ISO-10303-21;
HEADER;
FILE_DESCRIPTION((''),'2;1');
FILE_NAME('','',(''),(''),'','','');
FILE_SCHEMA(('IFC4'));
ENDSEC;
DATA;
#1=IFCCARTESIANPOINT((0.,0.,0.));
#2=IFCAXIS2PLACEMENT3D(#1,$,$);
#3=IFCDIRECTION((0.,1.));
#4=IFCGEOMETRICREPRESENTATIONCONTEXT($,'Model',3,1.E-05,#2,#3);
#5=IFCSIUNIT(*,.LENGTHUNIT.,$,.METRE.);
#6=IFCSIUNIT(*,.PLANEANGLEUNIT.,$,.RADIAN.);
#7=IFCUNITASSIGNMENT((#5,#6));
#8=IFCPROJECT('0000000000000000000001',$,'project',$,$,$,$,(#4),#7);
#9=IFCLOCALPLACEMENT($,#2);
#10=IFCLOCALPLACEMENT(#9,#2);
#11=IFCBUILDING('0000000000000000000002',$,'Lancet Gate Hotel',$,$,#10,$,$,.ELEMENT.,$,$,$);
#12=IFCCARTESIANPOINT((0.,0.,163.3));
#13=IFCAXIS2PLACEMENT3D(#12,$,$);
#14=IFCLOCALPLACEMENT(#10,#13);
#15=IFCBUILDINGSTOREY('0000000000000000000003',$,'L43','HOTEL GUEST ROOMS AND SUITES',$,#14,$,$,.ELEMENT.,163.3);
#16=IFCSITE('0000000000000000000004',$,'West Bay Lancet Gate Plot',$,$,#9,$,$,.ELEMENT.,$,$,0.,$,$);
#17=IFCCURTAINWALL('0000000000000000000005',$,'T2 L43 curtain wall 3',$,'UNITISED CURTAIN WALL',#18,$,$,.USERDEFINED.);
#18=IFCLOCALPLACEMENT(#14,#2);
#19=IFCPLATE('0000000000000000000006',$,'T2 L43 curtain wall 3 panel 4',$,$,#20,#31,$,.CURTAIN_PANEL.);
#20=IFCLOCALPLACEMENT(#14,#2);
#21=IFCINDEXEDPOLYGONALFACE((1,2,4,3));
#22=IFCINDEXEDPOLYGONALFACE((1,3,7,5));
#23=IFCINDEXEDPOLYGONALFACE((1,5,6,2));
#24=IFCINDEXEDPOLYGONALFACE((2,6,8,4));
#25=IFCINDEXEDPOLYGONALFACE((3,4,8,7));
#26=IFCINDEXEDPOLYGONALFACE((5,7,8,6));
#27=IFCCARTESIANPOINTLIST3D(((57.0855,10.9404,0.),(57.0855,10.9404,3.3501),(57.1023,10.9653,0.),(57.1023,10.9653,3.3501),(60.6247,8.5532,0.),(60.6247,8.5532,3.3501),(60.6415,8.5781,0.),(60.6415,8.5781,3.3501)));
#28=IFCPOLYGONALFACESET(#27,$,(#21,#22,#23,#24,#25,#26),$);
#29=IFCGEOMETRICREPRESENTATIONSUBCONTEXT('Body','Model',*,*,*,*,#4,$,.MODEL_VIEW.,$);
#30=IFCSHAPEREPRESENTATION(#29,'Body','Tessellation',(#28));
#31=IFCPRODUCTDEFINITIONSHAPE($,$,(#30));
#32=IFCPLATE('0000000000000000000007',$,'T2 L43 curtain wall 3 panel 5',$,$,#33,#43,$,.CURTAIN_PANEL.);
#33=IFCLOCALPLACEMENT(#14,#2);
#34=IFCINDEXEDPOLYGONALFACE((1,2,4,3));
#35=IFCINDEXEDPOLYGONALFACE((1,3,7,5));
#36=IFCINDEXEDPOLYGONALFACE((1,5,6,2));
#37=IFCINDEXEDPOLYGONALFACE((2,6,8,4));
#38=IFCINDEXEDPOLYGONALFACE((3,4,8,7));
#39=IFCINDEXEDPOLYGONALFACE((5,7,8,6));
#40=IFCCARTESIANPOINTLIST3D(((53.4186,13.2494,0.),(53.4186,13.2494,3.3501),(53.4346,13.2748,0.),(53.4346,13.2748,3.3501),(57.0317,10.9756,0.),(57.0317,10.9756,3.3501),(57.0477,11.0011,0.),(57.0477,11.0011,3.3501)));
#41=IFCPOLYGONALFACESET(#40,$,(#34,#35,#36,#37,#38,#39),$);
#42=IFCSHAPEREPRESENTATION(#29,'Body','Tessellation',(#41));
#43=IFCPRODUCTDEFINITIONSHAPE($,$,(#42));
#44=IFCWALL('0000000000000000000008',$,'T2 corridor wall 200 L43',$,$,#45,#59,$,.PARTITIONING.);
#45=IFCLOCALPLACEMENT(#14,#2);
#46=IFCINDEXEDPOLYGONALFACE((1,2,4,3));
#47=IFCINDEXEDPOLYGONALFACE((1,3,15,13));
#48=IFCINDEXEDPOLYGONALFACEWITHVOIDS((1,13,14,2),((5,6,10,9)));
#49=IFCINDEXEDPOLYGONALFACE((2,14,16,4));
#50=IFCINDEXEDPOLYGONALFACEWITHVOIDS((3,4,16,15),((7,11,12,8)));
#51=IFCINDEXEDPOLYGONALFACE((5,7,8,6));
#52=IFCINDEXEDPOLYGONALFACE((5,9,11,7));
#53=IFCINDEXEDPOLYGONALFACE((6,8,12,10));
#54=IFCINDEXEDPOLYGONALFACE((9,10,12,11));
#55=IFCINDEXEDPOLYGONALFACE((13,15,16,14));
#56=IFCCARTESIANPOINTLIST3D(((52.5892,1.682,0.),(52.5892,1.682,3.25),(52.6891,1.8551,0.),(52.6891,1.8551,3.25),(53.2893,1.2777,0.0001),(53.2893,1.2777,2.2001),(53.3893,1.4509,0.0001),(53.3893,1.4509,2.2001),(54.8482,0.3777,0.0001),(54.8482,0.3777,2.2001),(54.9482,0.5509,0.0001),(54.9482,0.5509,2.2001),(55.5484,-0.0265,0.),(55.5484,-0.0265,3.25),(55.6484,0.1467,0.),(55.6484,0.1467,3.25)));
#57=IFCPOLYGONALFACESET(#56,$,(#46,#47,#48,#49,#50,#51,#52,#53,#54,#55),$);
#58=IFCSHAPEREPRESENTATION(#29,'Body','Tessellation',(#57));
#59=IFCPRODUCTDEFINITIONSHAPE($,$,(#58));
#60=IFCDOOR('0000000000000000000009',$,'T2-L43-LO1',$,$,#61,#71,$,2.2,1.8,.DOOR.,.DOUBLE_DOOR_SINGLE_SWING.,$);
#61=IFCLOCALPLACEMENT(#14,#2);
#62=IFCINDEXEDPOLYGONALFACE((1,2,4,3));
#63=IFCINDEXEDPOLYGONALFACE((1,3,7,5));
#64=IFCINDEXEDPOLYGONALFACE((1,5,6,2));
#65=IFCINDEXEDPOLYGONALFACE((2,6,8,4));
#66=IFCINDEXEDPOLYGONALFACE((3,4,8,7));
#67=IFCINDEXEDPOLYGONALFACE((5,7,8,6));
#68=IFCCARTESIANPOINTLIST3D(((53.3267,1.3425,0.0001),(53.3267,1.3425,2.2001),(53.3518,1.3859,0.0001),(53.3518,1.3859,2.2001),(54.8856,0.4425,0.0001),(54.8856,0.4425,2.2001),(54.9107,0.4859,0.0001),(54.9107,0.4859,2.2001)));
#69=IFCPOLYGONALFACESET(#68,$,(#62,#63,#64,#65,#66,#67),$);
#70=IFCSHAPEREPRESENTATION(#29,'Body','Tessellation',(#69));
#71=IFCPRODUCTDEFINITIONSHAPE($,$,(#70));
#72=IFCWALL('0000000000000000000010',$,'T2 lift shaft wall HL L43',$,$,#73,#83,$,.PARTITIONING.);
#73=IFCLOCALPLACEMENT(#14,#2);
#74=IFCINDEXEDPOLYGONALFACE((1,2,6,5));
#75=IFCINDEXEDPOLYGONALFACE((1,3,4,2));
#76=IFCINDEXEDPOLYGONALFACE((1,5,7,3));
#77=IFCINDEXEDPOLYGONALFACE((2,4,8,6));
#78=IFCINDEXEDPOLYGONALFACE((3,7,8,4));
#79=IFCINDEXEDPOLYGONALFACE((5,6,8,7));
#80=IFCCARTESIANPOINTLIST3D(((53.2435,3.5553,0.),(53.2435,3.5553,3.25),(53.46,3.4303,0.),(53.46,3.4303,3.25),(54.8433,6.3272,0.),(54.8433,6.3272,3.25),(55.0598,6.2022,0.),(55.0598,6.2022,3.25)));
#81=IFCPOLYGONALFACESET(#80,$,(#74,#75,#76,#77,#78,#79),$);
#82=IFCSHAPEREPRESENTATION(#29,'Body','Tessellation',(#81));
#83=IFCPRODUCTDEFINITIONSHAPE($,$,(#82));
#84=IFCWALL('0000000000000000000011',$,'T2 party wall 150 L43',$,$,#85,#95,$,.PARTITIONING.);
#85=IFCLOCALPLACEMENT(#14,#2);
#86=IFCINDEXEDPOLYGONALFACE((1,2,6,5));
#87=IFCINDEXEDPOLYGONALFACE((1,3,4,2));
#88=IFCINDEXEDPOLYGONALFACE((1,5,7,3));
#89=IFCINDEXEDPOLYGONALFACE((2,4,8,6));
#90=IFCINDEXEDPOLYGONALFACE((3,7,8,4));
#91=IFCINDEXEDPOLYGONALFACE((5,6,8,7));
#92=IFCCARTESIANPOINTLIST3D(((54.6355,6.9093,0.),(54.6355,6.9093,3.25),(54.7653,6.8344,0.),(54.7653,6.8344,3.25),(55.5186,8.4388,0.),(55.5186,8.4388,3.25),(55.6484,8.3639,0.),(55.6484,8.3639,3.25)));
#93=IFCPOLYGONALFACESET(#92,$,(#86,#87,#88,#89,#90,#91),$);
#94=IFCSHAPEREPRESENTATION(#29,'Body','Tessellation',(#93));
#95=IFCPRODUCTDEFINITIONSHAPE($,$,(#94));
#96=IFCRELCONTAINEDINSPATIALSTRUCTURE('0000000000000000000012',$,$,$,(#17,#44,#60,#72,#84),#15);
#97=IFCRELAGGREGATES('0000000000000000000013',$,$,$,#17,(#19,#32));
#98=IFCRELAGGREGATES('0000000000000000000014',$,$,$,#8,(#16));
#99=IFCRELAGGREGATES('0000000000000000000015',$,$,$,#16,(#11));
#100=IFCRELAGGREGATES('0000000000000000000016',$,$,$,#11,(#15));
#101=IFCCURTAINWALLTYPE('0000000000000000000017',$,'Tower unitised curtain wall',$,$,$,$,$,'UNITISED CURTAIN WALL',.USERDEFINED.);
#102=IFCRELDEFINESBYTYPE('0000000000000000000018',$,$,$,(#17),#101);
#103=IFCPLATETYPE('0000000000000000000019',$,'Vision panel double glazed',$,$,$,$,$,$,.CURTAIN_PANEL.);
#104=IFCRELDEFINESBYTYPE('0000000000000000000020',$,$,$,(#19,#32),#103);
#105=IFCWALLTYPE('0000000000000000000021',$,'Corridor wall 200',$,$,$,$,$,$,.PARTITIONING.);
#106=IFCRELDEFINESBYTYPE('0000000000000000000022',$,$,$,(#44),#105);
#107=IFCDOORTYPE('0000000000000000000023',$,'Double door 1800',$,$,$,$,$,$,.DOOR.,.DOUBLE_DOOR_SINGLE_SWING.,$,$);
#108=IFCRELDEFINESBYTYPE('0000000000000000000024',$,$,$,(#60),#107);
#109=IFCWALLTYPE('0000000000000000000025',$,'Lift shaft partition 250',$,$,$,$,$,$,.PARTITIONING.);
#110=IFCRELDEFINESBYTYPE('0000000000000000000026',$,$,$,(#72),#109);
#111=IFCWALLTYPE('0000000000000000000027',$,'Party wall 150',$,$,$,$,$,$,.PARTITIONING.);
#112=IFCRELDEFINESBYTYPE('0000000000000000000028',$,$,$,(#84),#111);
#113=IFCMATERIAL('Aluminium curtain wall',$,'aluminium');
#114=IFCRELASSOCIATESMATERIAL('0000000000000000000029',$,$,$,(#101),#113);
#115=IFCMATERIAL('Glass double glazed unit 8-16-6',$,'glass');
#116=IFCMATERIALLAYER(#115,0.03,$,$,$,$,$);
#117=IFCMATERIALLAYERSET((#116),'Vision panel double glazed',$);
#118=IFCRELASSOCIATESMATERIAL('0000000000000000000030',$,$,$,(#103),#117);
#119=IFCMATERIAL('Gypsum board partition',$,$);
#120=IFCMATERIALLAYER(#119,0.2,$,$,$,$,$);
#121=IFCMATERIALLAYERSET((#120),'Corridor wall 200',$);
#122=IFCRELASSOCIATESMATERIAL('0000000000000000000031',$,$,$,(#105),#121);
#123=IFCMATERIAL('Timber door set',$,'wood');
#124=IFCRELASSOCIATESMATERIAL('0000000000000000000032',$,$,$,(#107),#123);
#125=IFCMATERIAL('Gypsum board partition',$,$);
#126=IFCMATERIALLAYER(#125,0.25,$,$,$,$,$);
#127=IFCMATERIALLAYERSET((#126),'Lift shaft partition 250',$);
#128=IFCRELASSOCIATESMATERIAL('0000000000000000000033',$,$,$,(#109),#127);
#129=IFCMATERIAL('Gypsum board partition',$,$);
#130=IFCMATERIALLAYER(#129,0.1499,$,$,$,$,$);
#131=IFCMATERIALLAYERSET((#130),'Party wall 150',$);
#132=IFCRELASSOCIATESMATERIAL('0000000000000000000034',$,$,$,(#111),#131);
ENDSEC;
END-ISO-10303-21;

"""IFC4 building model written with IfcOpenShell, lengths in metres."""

from ifc_helpers import new_model, si_unit, direction, frame, frame_2d, origin, origin_2d, place, context, subcontext, project, spatial, rectangle, extrude, material, layer, layer_set, type_object, element, fill, aggregate, save


model = new_model("IFC4")

# Units and contexts
model_context = context("Model", 3, precision=1e-05, world=origin(), true_north=direction((0.0, 1.0)))
body_context = subcontext(model_context, "Body", "Model", "MODEL_VIEW")
ifc_project = project(units=[si_unit("LENGTHUNIT", "METRE"), si_unit("PLANEANGLEUNIT", "RADIAN")], contexts=[model_context])

# Site, building, storey
site_placement = place(None, origin())
site = spatial("IfcSite", under=ifc_project, at=site_placement, Name="West Bay Lancet Gate Plot", CompositionType="ELEMENT", RefElevation=0.0)
building_placement = place(site_placement, origin())
building = spatial("IfcBuilding", under=site, at=building_placement, Name="Lancet Gate Hotel", CompositionType="ELEMENT")
storey_placement = place(building_placement, frame((0.0, 0.0, 163.3)))
storey = spatial("IfcBuildingStorey", under=building, at=storey_placement, Name="L43", Description="HOTEL GUEST ROOMS AND SUITES", CompositionType="ELEMENT", Elevation=163.3)

# Curtain wall
ifc_material_1 = material(Name="Aluminium curtain wall", Category="aluminium")
curtain_wall_type = type_object("IfcCurtainWallType", Name="Tower unitised curtain wall", ElementType="UNITISED CURTAIN WALL", PredefinedType="USERDEFINED", material=ifc_material_1)
curtain_wall_placement = place(storey_placement, origin())
curtain_wall = element("IfcCurtainWall", 1, at=curtain_wall_placement, inside=storey, type_object=curtain_wall_type, Name="T2 L43 curtain wall 3", ObjectType="UNITISED CURTAIN WALL", PredefinedType="USERDEFINED")

# Plates
ifc_material_2 = material(Name="Glass double glazed unit 8-16-6", Category="glass")
ifc_layer_1 = layer(ifc_material_2, 0.03)
ifc_layer_set_1 = layer_set([ifc_layer_1], Name="Vision panel double glazed")
plate_type = type_object("IfcPlateType", Name="Vision panel double glazed", PredefinedType="CURTAIN_PANEL", material=ifc_layer_set_1)
plate_1_placement = place(storey_placement, frame((58.8635, 9.7593, 0.0), z_axis=(0.0, 0.0, 1.0), x_axis=(-0.829039, 0.559191, 0.0)))
plate_1 = element("IfcPlate", 2, at=plate_1_placement, type_object=plate_type, Name="T2 L43 curtain wall 3 panel 4", PredefinedType="CURTAIN_PANEL", context=body_context, shape_type="SweptSolid", body=[
    extrude(rectangle(XDim=4.269, YDim=0.03, at=origin_2d()), origin(), (0.0, 0.0, 1.0), 3.3501),
])
plate_2_placement = place(storey_placement, frame((55.2332, 12.1252, 0.0), z_axis=(0.0, 0.0, 1.0), x_axis=(-0.846352, 0.532623, 0.0)))
plate_2 = element("IfcPlate", 3, at=plate_2_placement, type_object=plate_type, Name="T2 L43 curtain wall 3 panel 5", PredefinedType="CURTAIN_PANEL", context=body_context, shape_type="SweptSolid", body=[
    extrude(rectangle(XDim=4.269, YDim=0.03, at=origin_2d()), origin(), (0.0, 0.0, 1.0), 3.3501),
])
aggregate(curtain_wall, [plate_1, plate_2])

# Wall, opening, door
ifc_material_3 = material(Name="Gypsum board partition")
ifc_layer_2 = layer(ifc_material_3, 0.2)
ifc_layer_set_2 = layer_set([ifc_layer_2], Name="Corridor wall 200")
wall_type_1 = type_object("IfcWallType", Name="Corridor wall 200", PredefinedType="PARTITIONING", material=ifc_layer_set_2)
wall_1_placement = place(storey_placement, frame((52.6392, 1.7686, 0.0), z_axis=(0.0, 0.0, 1.0), x_axis=(0.866027, -0.499997, 0.0)))
wall_1 = element("IfcWall", 4, at=wall_1_placement, inside=storey, type_object=wall_type_1, Name="T2 corridor wall 200 L43", PredefinedType="PARTITIONING", context=body_context, shape_type="SweptSolid", body=[
    extrude(rectangle(XDim=3.417, YDim=0.2, at=frame_2d((1.7085, 0.0))), origin(), (0.0, 0.0, 1.0), 3.25),
])
opening_placement = place(wall_1_placement, frame((0.8086, 0.0, 0.0)))
opening = element("IfcOpeningElement", 5, at=opening_placement, cuts=wall_1, PredefinedType="OPENING", context=body_context, shape_type="SweptSolid", body=[
    extrude(rectangle(XDim=1.8, YDim=2.2, at=frame_2d((0.8999, 1.1001))), frame((0.0, 0.1099, 0.0), z_axis=(0.0, -1.0, 0.0), x_axis=(1.0, 0.0, 0.0)), (0.0, 0.0, 1.0), 0.22),
])
ifc_material_4 = material(Name="Timber door set", Category="wood")
door_type = type_object("IfcDoorType", Name="Double door 1800", OperationType="DOUBLE_DOOR_SINGLE_SWING", PredefinedType="DOOR", material=ifc_material_4)
door_placement = place(opening_placement, origin())
door = element("IfcDoor", 6, at=door_placement, inside=storey, type_object=door_type, Name="T2-L43-LO1", OperationType="DOUBLE_DOOR_SINGLE_SWING", OverallHeight=2.2, OverallWidth=1.8, PredefinedType="DOOR", context=body_context, shape_type="SweptSolid", body=[
    extrude(rectangle(XDim=1.8, YDim=2.2, at=frame_2d((0.8999, 1.1001))), frame((0.0, 0.0249, 0.0), z_axis=(0.0, -1.0, 0.0), x_axis=(1.0, 0.0, 0.0)), (0.0, 0.0, 1.0), 0.05),
])
fill(opening, door)

# Walls
ifc_material_5 = material(Name="Gypsum board partition")
ifc_layer_3 = layer(ifc_material_5, 0.25)
ifc_layer_set_3 = layer_set([ifc_layer_3], Name="Lift shaft partition 250")
wall_type_2 = type_object("IfcWallType", Name="Lift shaft partition 250", PredefinedType="PARTITIONING", material=ifc_layer_set_3)
wall_2_placement = place(storey_placement, frame((53.3518, 3.4929, 0.0), z_axis=(0.0, 0.0, 1.0), x_axis=(0.499872, 0.866099, 0.0)))
element("IfcWall", 7, at=wall_2_placement, inside=storey, type_object=wall_type_2, Name="T2 lift shaft wall HL L43", PredefinedType="PARTITIONING", context=body_context, shape_type="SweptSolid", body=[
    extrude(rectangle(XDim=3.2004, YDim=0.25, at=frame_2d((1.6001, 0.0))), origin(), (0.0, 0.0, 1.0), 3.25),
])
ifc_material_6 = material(Name="Gypsum board partition")
ifc_layer_4 = layer(ifc_material_6, 0.1499)
ifc_layer_set_4 = layer_set([ifc_layer_4], Name="Party wall 150")
wall_type_3 = type_object("IfcWallType", Name="Party wall 150", PredefinedType="PARTITIONING", material=ifc_layer_set_4)
wall_3_placement = place(storey_placement, frame((54.7004, 6.8718, 0.0), z_axis=(0.0, 0.0, 1.0), x_axis=(0.49999, 0.866031, 0.0)))
element("IfcWall", 8, at=wall_3_placement, inside=storey, type_object=wall_type_3, Name="T2 party wall 150 L43", PredefinedType="PARTITIONING", context=body_context, shape_type="SweptSolid", body=[
    extrude(rectangle(XDim=1.7661, YDim=0.1499, at=frame_2d((0.8831, 0.0))), origin(), (0.0, 0.0, 1.0), 3.25),
])

save(model, "model.ifc")
